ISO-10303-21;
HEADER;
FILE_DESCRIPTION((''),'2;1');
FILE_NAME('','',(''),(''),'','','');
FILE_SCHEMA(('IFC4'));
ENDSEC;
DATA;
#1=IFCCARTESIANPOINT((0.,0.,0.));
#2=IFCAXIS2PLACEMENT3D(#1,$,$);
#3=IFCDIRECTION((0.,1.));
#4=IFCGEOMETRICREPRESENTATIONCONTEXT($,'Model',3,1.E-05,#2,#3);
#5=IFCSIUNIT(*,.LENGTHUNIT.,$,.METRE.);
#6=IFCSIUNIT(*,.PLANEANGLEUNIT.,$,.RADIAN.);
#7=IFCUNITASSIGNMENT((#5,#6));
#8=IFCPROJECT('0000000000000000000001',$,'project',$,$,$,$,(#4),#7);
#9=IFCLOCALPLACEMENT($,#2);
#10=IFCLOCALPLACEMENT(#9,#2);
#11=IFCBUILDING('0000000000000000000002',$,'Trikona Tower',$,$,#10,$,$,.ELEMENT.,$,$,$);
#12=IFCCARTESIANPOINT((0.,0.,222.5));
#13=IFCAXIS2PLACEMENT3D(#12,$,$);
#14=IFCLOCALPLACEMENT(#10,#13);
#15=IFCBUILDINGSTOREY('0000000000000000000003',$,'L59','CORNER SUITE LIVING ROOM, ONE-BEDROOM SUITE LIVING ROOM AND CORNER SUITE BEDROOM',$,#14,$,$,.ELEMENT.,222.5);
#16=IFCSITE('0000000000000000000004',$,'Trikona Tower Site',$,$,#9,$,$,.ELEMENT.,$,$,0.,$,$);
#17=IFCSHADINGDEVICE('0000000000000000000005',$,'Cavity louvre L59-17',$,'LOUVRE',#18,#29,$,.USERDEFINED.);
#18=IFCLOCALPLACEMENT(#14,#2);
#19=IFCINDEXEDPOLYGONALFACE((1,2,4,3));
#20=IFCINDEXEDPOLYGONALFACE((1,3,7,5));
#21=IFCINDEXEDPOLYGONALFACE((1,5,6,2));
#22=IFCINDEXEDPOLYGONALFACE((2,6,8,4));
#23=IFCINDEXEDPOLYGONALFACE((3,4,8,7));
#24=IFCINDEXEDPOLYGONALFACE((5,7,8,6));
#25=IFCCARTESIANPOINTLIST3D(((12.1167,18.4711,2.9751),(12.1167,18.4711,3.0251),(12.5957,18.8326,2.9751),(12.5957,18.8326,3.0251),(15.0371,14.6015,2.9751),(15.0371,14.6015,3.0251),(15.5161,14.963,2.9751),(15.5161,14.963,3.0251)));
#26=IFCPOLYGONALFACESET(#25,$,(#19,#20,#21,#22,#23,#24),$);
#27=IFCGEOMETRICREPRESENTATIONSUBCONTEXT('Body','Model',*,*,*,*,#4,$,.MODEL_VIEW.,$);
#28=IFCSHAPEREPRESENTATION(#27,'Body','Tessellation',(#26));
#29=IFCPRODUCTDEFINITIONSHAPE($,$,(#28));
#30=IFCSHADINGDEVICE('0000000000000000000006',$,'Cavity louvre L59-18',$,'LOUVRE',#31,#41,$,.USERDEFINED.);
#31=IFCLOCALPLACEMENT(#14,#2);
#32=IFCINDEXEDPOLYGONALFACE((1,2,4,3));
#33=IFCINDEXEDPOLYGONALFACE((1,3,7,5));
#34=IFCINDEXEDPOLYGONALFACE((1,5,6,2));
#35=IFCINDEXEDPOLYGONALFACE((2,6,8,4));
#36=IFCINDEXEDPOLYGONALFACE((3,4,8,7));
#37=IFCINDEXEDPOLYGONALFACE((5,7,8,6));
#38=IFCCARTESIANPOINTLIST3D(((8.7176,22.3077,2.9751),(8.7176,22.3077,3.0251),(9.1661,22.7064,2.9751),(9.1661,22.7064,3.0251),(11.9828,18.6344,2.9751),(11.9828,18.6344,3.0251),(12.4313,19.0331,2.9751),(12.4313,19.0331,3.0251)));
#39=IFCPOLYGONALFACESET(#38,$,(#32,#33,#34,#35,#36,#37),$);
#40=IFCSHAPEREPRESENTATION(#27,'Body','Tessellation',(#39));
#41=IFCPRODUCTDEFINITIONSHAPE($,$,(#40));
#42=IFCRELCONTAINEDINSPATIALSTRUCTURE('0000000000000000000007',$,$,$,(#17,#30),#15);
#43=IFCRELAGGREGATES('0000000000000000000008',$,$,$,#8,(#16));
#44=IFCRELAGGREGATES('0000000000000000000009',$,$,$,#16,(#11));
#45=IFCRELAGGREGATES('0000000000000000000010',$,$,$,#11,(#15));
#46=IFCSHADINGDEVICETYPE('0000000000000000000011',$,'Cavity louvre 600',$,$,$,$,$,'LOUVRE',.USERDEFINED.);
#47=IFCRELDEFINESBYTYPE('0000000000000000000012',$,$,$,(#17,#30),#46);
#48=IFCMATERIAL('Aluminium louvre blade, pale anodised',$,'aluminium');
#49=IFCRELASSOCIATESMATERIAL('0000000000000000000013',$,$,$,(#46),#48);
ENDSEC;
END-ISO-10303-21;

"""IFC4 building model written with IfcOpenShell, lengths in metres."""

from ifc_helpers import new_model, si_unit, direction, frame, origin, origin_2d, place, context, subcontext, project, spatial, rectangle, extrude, material, type_object, element, save


model = new_model("IFC4")

# Units and contexts
model_context = context("Model", 3, precision=1e-05, world=origin(), true_north=direction((0.0, 1.0)))
body_context = subcontext(model_context, "Body", "Model", "MODEL_VIEW")
ifc_project = project(units=[si_unit("LENGTHUNIT", "METRE"), si_unit("PLANEANGLEUNIT", "RADIAN")], contexts=[model_context])

# Site, building, storey
site_placement = place(None, origin())
site = spatial("IfcSite", under=ifc_project, at=site_placement, Name="Trikona Tower Site", CompositionType="ELEMENT", RefElevation=0.0)
building_placement = place(site_placement, origin())
building = spatial("IfcBuilding", under=site, at=building_placement, Name="Trikona Tower", CompositionType="ELEMENT")
storey_placement = place(building_placement, frame((0.0, 0.0, 222.5)))
storey = spatial("IfcBuildingStorey", under=building, at=storey_placement, Name="L59", Description="CORNER SUITE LIVING ROOM, ONE-BEDROOM SUITE LIVING ROOM AND CORNER SUITE BEDROOM", CompositionType="ELEMENT", Elevation=222.5)

# Shading devices
ifc_material_1 = material(Name="Aluminium louvre blade, pale anodised", Category="aluminium")
shading_device_type = type_object("IfcShadingDeviceType", Name="Cavity louvre 600", ElementType="LOUVRE", PredefinedType="USERDEFINED", material=ifc_material_1)
shading_device_1_placement = place(storey_placement, frame((13.8164, 16.717, 2.9751), z_axis=(0.0, 0.0, 1.0), x_axis=(-0.602402, 0.798193, 0.0)))
element("IfcShadingDevice", 1, at=shading_device_1_placement, inside=storey, type_object=shading_device_type, Name="Cavity louvre L59-17", ObjectType="LOUVRE", PredefinedType="USERDEFINED", context=body_context, shape_type="SweptSolid", body=[
    extrude(rectangle(XDim=4.8479, YDim=0.6001, at=origin_2d()), origin(), (0.0, 0.0, 1.0), 0.05),
])
shading_device_2_placement = place(storey_placement, frame((10.5745, 20.6704, 2.9751), z_axis=(0.0, 0.0, 1.0), x_axis=(-0.664367, 0.747406, 0.0)))
element("IfcShadingDevice", 2, at=shading_device_2_placement, inside=storey, type_object=shading_device_type, Name="Cavity louvre L59-18", ObjectType="LOUVRE", PredefinedType="USERDEFINED", context=body_context, shape_type="SweptSolid", body=[
    extrude(rectangle(XDim=4.9148, YDim=0.6001, at=origin_2d()), origin(), (0.0, 0.0, 1.0), 0.05),
])

save(model, "model.ifc")
